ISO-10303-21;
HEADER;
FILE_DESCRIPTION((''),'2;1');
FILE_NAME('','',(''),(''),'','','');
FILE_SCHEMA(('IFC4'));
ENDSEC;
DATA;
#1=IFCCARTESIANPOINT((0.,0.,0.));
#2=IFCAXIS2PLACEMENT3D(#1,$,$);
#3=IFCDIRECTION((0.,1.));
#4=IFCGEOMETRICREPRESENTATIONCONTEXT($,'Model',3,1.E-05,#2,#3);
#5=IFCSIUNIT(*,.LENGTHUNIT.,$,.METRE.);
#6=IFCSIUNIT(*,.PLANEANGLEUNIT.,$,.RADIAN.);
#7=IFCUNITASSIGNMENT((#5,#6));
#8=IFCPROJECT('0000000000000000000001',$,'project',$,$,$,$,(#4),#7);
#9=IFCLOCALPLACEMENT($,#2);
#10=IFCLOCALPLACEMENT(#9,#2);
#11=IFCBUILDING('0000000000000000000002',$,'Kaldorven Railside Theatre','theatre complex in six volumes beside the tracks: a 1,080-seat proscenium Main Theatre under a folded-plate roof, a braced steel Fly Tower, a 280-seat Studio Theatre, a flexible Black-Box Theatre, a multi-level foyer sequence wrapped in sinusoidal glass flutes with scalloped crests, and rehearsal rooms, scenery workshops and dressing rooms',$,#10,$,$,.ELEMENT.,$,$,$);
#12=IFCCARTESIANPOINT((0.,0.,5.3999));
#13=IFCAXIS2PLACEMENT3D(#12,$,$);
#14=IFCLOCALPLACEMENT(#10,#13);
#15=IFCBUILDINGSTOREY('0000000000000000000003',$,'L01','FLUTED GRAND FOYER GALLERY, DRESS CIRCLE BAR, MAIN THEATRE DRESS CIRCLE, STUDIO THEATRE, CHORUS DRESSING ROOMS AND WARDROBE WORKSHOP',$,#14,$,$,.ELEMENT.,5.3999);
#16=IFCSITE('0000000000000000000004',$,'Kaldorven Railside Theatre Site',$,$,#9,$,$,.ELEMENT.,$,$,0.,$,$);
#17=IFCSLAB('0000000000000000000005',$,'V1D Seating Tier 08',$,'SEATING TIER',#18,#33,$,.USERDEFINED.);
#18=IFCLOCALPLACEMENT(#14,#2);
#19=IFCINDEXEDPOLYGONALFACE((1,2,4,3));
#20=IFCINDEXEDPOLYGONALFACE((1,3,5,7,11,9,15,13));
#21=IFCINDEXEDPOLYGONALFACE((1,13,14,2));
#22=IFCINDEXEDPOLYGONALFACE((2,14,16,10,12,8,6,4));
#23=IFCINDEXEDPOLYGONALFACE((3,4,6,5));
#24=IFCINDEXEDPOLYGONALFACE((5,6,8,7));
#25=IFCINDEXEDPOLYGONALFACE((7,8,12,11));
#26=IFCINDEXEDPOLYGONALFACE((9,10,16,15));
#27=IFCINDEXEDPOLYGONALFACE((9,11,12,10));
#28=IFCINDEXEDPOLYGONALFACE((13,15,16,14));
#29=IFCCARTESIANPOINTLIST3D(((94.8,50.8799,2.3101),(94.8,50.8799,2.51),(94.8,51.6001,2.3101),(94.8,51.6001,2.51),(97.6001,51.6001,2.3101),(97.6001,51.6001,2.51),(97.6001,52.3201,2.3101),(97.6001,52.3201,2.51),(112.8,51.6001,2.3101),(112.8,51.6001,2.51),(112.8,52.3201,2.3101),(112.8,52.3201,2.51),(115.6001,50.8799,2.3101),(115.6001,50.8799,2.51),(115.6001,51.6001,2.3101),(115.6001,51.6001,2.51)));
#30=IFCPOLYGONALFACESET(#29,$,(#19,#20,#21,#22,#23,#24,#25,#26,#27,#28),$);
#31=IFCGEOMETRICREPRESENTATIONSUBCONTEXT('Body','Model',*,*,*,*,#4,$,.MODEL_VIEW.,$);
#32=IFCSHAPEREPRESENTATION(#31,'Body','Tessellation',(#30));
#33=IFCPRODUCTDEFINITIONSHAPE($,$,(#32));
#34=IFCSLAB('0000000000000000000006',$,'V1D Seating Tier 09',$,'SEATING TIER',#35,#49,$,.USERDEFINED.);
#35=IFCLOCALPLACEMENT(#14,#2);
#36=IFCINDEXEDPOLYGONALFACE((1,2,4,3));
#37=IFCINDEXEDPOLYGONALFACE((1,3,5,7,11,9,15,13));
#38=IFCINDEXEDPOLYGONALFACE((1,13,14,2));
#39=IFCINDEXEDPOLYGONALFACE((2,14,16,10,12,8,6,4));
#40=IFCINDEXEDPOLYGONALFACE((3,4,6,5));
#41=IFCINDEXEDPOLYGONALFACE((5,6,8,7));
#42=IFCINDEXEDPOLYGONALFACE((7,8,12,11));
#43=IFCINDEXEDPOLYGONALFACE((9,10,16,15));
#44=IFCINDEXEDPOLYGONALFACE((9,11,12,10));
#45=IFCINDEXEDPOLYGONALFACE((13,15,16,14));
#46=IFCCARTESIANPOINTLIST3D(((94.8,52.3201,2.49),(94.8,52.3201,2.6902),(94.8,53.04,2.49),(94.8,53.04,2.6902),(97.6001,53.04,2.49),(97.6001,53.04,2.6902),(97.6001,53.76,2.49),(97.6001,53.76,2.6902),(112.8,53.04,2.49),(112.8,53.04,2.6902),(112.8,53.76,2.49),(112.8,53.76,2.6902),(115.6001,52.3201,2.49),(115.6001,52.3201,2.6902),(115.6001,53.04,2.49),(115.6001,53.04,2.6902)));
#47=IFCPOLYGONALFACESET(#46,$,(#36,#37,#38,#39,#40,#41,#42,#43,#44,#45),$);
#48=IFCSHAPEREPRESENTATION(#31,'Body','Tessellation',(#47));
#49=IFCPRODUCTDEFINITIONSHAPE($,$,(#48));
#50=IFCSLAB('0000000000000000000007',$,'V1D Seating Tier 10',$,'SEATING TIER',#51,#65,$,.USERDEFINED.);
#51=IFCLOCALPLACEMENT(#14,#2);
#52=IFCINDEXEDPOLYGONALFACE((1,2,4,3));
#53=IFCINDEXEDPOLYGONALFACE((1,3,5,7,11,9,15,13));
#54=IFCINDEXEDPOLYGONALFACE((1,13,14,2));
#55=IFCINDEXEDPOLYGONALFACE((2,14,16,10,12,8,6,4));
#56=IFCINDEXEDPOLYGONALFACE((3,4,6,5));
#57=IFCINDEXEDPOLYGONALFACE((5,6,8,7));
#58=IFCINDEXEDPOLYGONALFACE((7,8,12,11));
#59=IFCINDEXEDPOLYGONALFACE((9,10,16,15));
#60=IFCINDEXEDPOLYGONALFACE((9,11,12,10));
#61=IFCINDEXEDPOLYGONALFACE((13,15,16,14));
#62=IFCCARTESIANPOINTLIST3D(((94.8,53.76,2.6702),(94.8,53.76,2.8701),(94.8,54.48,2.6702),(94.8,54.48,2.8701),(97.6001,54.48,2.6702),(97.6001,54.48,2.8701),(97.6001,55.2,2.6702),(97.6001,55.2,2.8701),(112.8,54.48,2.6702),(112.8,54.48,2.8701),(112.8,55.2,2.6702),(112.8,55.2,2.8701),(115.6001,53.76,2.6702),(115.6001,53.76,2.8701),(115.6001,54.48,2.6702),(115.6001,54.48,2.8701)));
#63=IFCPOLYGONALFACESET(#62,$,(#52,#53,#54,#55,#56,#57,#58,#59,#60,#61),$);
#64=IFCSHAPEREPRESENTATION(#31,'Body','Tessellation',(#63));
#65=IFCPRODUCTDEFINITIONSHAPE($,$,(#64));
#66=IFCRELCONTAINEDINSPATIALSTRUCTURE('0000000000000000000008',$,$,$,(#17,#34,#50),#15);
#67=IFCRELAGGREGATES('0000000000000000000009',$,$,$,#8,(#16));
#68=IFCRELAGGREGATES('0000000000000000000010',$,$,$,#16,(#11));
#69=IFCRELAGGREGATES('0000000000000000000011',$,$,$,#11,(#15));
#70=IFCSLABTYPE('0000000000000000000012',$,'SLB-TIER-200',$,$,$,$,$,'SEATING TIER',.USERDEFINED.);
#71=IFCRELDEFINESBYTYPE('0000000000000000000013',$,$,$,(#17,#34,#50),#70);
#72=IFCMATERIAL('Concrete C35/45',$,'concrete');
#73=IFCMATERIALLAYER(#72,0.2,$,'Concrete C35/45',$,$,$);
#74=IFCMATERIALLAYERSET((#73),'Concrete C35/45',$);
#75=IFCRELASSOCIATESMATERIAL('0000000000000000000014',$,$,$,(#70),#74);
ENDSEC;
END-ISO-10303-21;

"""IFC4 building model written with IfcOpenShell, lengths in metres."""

from ifc_helpers import new_model, si_unit, direction, frame, origin, place, context, subcontext, project, spatial, polyline, outline, extrude, material, layer, layer_set, type_object, element, save


model = new_model("IFC4")

# Units and contexts
model_context = context("Model", 3, precision=1e-05, world=origin(), true_north=direction((0.0, 1.0)))
body_context = subcontext(model_context, "Body", "Model", "MODEL_VIEW")
ifc_project = project(units=[si_unit("LENGTHUNIT", "METRE"), si_unit("PLANEANGLEUNIT", "RADIAN")], contexts=[model_context])

# Site, building, storey
site_placement = place(None, origin())
site = spatial("IfcSite", under=ifc_project, at=site_placement, Name="Kaldorven Railside Theatre Site", CompositionType="ELEMENT", RefElevation=0.0)
building_placement = place(site_placement, origin())
building = spatial("IfcBuilding", under=site, at=building_placement, Name="Kaldorven Railside Theatre", Description="theatre complex in six volumes beside the tracks: a 1,080-seat proscenium Main Theatre under a folded-plate roof, a braced steel Fly Tower, a 280-seat Studio Theatre, a flexible Black-Box Theatre, a multi-level foyer sequence wrapped in sinusoidal glass flutes with scalloped crests, and rehearsal rooms, scenery workshops and dressing rooms", CompositionType="ELEMENT")
storey_placement = place(building_placement, frame((0.0, 0.0, 5.3999)))
storey = spatial("IfcBuildingStorey", under=building, at=storey_placement, Name="L01", Description="FLUTED GRAND FOYER GALLERY, DRESS CIRCLE BAR, MAIN THEATRE DRESS CIRCLE, STUDIO THEATRE, CHORUS DRESSING ROOMS AND WARDROBE WORKSHOP", CompositionType="ELEMENT", Elevation=5.3999)

# Slabs
ifc_material = material(Name="Concrete C35/45", Category="concrete")
ifc_layer_1 = layer(ifc_material, 0.2, Name="Concrete C35/45")
ifc_layer_set_1 = layer_set([ifc_layer_1], Name="Concrete C35/45")
slab_type_1 = type_object("IfcSlabType", Name="SLB-TIER-200", ElementType="SEATING TIER", PredefinedType="USERDEFINED", material=ifc_layer_set_1)
slab_1_placement = place(storey_placement, frame((0.0, 0.0, 2.3101)))
element("IfcSlab", 1, at=slab_1_placement, inside=storey, type_object=slab_type_1, Name="V1D Seating Tier 08", ObjectType="SEATING TIER", PredefinedType="USERDEFINED", context=body_context, shape_type="SweptSolid", body=[
    extrude(outline(polyline([(94.8, 50.8799), (115.6001, 50.8799), (115.6001, 51.6001), (112.8, 51.6001), (112.8, 52.3201), (97.6001, 52.3201), (97.6001, 51.6001), (94.8, 51.6001), (94.8, 50.8799)])), origin(), (0.0, 0.0, 1.0), 0.2),
])
slab_2_placement = place(storey_placement, frame((0.0, 0.0, 2.49)))
element("IfcSlab", 2, at=slab_2_placement, inside=storey, type_object=slab_type_1, Name="V1D Seating Tier 09", ObjectType="SEATING TIER", PredefinedType="USERDEFINED", context=body_context, shape_type="SweptSolid", body=[
    extrude(outline(polyline([(94.8, 52.3201), (115.6001, 52.3201), (115.6001, 53.04), (112.8, 53.04), (112.8, 53.76), (97.6001, 53.76), (97.6001, 53.04), (94.8, 53.04), (94.8, 52.3201)])), origin(), (0.0, 0.0, 1.0), 0.2002),
])
slab_3_placement = place(storey_placement, frame((0.0, 0.0, 2.6702)))
element("IfcSlab", 3, at=slab_3_placement, inside=storey, type_object=slab_type_1, Name="V1D Seating Tier 10", ObjectType="SEATING TIER", PredefinedType="USERDEFINED", context=body_context, shape_type="SweptSolid", body=[
    extrude(outline(polyline([(94.8, 53.76), (115.6001, 53.76), (115.6001, 54.48), (112.8, 54.48), (112.8, 55.2), (97.6001, 55.2), (97.6001, 54.48), (94.8, 54.48), (94.8, 53.76)])), origin(), (0.0, 0.0, 1.0), 0.2),
])

save(model, "model.ifc")
